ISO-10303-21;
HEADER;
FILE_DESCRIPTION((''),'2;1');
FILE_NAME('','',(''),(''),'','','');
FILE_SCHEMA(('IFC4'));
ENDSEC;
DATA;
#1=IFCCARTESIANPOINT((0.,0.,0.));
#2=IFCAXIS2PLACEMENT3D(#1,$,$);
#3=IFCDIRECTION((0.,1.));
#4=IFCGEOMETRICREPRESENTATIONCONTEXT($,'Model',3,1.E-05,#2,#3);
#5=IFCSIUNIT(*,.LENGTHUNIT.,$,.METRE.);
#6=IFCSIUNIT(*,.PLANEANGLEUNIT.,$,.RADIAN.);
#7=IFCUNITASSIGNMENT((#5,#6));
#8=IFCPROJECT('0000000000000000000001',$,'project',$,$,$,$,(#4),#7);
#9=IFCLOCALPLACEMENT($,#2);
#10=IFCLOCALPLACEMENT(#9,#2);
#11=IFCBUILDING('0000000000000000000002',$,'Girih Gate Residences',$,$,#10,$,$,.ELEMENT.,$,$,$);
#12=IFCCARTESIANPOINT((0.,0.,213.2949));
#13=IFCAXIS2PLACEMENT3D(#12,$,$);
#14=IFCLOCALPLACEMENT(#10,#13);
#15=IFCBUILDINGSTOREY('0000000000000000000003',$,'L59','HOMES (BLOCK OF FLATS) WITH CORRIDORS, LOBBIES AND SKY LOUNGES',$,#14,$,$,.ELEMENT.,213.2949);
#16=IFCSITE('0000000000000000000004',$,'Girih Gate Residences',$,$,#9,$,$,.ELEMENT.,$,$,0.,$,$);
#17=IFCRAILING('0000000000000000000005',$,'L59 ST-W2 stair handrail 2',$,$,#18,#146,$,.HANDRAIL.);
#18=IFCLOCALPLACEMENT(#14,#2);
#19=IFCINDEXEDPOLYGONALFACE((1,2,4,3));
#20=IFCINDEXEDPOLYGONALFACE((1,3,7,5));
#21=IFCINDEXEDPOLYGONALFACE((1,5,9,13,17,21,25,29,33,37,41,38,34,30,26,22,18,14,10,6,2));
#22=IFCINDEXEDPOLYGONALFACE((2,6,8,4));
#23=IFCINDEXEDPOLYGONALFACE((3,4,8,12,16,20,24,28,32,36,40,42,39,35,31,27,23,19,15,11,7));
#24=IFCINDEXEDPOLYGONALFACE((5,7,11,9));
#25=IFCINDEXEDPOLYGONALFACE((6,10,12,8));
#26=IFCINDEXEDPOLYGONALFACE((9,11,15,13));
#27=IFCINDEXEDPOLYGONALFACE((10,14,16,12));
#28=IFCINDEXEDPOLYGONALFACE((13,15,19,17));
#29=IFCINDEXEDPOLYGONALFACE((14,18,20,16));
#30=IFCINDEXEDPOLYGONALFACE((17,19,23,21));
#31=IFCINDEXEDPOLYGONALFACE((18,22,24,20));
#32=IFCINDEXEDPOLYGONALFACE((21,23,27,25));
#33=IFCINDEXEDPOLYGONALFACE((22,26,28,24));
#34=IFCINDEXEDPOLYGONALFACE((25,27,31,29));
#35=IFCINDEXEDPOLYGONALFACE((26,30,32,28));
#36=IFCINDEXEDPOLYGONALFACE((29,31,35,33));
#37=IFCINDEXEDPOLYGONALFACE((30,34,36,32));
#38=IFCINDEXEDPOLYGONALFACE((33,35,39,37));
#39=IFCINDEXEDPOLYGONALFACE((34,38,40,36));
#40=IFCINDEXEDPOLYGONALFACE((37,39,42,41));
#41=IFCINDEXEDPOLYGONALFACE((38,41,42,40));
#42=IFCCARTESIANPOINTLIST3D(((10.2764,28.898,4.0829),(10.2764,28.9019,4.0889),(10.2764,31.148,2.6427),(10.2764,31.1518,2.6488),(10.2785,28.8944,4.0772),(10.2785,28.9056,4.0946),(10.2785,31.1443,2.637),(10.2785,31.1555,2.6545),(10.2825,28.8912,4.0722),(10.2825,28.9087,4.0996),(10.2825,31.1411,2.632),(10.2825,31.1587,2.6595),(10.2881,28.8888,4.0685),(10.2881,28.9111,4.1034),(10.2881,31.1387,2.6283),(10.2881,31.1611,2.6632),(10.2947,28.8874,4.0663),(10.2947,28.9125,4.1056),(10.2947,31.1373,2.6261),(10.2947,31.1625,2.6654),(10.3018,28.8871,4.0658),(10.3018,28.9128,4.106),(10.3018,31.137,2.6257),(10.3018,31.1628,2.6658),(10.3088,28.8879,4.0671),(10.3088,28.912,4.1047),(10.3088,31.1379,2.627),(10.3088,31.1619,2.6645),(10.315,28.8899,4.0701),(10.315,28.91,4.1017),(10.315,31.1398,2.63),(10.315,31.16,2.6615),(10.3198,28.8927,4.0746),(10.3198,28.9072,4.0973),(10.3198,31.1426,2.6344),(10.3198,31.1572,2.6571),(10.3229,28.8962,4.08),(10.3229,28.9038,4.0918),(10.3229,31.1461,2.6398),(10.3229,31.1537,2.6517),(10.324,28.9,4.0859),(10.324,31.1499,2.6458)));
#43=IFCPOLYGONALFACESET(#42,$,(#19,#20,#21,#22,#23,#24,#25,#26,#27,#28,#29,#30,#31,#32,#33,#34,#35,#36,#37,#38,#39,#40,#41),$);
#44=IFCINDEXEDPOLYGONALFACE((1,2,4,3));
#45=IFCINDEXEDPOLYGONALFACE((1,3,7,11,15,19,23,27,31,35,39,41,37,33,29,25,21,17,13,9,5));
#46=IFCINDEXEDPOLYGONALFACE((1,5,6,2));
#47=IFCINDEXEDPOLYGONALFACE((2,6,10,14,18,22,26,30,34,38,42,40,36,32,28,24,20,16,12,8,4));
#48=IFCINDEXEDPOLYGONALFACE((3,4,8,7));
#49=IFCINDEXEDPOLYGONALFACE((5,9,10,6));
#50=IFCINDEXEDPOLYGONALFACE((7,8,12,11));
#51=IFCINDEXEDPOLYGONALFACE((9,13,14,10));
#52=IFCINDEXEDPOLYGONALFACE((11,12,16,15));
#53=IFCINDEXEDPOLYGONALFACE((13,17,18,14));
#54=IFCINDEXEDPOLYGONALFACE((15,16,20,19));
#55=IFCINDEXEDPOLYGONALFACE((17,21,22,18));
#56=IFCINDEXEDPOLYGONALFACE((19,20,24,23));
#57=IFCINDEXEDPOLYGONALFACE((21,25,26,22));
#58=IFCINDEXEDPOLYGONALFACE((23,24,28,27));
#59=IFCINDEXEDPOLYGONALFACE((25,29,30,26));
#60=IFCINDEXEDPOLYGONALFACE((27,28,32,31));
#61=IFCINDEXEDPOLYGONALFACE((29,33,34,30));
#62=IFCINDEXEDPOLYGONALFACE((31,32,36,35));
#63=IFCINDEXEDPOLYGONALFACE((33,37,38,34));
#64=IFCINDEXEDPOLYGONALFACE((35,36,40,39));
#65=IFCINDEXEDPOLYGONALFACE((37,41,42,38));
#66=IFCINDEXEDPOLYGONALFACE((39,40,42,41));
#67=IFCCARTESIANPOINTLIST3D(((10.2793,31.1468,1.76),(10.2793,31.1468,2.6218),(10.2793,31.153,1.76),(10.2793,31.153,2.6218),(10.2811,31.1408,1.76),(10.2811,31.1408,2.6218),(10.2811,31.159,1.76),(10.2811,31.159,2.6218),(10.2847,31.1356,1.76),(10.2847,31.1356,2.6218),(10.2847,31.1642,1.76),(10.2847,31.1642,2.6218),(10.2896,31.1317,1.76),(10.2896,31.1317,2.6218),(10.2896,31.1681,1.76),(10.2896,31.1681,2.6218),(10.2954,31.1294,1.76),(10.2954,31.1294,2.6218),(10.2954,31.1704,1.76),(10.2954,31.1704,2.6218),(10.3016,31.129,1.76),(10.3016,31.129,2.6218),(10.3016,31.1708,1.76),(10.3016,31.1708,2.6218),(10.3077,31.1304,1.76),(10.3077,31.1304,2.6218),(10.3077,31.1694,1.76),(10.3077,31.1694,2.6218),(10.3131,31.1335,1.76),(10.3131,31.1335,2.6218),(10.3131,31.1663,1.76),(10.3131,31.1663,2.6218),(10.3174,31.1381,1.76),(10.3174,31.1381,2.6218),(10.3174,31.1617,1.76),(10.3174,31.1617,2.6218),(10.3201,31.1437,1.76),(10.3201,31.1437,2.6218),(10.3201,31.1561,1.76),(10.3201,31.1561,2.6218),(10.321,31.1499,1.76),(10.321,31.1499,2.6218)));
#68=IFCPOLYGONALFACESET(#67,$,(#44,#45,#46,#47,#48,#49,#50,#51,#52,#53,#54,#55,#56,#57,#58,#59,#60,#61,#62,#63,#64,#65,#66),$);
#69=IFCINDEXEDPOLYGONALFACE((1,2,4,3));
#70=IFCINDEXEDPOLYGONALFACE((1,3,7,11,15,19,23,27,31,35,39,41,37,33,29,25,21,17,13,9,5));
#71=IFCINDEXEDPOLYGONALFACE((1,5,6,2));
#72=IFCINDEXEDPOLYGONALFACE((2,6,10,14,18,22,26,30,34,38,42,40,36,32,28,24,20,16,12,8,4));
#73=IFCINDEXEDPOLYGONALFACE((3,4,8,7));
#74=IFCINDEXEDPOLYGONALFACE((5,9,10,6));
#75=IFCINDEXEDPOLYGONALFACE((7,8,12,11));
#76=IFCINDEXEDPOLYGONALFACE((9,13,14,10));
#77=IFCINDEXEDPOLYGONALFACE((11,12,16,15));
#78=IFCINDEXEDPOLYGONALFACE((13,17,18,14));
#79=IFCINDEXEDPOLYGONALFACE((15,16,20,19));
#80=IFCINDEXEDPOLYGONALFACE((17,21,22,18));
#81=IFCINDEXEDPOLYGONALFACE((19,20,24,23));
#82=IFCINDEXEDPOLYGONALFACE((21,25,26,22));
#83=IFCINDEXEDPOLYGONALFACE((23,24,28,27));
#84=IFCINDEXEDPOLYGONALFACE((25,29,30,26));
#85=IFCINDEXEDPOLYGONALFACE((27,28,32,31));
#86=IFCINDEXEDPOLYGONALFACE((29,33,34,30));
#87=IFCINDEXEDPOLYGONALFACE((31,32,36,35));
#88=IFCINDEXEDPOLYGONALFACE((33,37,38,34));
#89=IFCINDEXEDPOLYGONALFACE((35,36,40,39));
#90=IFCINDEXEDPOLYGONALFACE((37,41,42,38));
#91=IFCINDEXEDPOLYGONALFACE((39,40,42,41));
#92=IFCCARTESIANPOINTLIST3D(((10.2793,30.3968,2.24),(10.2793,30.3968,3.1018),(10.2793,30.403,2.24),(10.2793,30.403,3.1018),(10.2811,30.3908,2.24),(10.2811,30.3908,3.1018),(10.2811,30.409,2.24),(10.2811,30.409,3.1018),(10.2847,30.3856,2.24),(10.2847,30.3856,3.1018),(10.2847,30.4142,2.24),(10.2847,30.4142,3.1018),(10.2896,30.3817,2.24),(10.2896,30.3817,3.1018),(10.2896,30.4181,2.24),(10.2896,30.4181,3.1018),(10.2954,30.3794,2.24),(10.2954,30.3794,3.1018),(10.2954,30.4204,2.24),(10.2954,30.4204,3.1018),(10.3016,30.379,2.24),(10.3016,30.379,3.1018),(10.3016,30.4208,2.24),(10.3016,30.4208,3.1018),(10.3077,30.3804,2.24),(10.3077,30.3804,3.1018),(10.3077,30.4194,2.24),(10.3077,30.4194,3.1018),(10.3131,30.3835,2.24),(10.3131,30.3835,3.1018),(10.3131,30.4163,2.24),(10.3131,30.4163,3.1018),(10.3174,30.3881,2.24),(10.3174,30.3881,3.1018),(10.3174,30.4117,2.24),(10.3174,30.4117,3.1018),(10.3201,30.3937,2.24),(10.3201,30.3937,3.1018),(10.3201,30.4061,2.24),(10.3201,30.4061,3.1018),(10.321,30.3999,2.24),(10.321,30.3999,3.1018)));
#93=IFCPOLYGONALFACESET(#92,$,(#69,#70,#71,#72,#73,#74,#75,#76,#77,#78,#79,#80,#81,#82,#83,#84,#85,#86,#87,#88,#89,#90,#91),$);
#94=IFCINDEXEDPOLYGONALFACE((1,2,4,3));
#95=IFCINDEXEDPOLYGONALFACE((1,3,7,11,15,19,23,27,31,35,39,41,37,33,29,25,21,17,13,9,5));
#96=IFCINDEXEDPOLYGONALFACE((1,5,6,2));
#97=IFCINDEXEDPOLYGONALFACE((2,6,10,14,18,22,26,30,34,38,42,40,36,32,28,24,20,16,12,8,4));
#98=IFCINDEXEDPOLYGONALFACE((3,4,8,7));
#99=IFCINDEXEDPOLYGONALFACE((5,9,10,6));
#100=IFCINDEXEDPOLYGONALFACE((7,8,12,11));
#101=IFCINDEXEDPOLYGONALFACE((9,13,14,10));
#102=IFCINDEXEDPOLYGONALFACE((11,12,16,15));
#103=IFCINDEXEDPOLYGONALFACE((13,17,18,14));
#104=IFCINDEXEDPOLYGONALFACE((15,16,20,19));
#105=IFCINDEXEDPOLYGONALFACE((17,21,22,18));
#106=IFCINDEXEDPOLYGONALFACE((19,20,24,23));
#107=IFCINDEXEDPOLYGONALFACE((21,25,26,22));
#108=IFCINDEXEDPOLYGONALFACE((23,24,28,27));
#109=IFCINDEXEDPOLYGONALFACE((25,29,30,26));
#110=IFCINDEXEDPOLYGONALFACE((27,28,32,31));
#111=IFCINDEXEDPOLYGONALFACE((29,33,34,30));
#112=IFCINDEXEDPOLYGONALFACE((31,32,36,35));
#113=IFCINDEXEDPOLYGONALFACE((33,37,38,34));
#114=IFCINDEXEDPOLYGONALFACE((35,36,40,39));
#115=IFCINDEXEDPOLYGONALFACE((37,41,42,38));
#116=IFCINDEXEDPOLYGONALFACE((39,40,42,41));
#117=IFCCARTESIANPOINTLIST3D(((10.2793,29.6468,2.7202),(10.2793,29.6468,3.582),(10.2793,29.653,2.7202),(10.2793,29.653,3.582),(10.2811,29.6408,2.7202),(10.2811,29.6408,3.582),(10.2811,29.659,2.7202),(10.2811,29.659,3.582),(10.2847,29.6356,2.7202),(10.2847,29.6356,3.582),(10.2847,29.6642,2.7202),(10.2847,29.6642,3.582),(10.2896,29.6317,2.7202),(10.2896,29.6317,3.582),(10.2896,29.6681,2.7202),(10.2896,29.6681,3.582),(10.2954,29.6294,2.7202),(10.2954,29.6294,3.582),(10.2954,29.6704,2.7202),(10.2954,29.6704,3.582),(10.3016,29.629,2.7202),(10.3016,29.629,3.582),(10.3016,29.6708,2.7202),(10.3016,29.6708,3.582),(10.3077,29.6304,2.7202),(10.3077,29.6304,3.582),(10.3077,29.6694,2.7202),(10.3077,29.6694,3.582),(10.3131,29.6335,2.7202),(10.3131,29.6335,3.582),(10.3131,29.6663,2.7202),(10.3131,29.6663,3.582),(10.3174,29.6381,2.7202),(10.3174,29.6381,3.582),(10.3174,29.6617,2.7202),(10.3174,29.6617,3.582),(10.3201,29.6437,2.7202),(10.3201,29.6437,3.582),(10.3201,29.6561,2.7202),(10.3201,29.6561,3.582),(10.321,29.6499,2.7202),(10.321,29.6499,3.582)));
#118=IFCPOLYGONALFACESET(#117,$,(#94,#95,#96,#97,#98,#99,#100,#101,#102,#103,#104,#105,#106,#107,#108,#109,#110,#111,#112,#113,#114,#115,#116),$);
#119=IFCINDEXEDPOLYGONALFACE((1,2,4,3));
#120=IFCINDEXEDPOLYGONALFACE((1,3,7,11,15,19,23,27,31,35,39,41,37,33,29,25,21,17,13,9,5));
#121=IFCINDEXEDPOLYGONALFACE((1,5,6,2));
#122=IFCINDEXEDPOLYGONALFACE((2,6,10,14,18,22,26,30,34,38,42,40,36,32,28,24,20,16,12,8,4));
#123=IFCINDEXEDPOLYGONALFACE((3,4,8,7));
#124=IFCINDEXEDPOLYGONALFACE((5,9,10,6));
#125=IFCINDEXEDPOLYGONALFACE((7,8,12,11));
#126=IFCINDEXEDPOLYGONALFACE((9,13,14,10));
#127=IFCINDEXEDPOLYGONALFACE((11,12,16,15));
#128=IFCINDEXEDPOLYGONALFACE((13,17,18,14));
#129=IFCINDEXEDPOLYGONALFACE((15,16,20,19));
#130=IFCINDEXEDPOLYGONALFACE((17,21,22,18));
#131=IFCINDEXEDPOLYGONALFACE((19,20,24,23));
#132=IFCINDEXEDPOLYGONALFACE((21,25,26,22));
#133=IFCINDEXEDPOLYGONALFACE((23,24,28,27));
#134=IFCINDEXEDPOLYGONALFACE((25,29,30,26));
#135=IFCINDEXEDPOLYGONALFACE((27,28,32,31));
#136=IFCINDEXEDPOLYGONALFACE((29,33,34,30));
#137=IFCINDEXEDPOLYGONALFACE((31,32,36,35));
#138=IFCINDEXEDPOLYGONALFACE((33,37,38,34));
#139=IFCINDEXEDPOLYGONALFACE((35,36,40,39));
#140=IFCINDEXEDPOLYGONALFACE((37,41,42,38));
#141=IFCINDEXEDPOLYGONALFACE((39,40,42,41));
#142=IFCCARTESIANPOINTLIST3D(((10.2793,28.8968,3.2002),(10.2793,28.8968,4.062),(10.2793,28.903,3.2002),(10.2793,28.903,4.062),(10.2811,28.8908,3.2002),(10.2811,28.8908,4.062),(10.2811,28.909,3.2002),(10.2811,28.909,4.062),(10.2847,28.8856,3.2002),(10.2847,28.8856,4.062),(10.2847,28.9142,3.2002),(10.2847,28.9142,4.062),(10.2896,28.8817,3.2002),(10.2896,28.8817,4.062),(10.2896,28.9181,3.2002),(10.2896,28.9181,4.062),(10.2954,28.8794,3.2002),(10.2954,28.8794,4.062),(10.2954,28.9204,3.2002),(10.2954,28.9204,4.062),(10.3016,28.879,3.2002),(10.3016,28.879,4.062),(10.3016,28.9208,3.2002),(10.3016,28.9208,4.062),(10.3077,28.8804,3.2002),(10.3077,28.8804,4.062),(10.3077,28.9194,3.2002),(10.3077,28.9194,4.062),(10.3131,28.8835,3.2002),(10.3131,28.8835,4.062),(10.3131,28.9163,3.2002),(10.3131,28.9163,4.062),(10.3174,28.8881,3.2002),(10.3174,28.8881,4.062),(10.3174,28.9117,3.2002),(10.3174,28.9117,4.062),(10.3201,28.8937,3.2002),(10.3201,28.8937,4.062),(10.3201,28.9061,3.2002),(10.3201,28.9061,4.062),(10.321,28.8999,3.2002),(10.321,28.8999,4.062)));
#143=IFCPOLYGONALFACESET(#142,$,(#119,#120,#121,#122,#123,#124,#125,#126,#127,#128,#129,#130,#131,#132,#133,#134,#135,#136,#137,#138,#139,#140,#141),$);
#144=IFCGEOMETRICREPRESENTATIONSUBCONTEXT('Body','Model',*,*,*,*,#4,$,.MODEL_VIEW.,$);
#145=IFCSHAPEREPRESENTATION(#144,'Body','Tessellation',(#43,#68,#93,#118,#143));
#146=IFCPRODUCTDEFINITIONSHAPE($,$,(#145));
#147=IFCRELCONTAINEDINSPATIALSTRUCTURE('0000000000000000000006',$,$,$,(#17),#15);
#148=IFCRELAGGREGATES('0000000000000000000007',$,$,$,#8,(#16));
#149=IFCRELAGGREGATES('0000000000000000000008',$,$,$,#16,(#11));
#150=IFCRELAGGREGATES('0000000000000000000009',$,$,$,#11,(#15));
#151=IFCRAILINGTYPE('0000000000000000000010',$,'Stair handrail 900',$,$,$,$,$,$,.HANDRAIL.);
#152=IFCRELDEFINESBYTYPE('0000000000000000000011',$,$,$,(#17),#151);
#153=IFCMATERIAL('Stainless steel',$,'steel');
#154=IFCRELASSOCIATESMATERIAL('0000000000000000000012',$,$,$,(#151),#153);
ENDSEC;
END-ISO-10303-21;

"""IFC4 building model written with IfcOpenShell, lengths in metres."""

from ifc_helpers import new_model, si_unit, direction, frame, origin, origin_2d, place, context, subcontext, project, spatial, circle, extrude, material, type_object, element, save


model = new_model("IFC4")

# Units and contexts
model_context = context("Model", 3, precision=1e-05, world=origin(), true_north=direction((0.0, 1.0)))
body_context = subcontext(model_context, "Body", "Model", "MODEL_VIEW")
ifc_project = project(units=[si_unit("LENGTHUNIT", "METRE"), si_unit("PLANEANGLEUNIT", "RADIAN")], contexts=[model_context])

# Site, building, storey
site_placement = place(None, origin())
site = spatial("IfcSite", under=ifc_project, at=site_placement, Name="Girih Gate Residences", CompositionType="ELEMENT", RefElevation=0.0)
building_placement = place(site_placement, origin())
building = spatial("IfcBuilding", under=site, at=building_placement, Name="Girih Gate Residences", CompositionType="ELEMENT")
storey_placement = place(building_placement, frame((0.0, 0.0, 213.2949)))
storey = spatial("IfcBuildingStorey", under=building, at=storey_placement, Name="L59", Description="HOMES (BLOCK OF FLATS) WITH CORRIDORS, LOBBIES AND SKY LOUNGES", CompositionType="ELEMENT", Elevation=213.2949)

# Railing
ifc_material_1 = material(Name="Stainless steel", Category="steel")
railing_type_1 = type_object("IfcRailingType", Name="Stair handrail 900", PredefinedType="HANDRAIL", material=ifc_material_1)
railing_1_placement = place(storey_placement, frame((10.3, 31.1499, 1.76)))
element("IfcRailing", 1, at=railing_1_placement, inside=storey, type_object=railing_type_1, Name="L59 ST-W2 stair handrail 2", PredefinedType="HANDRAIL", context=body_context, shape_type="SweptSolid", body=[
    extrude(circle(Radius=0.0239, at=origin_2d()), frame((0.0, 0.0, 0.8857), z_axis=(0.0, -0.84224, 0.539103), x_axis=(1.0, 0.0, 0.0)), (0.0, 0.0, 1.0), 2.6714),
    extrude(circle(Radius=0.021, at=origin_2d()), origin(), (0.0, 0.0, 1.0), 0.8618),
    extrude(circle(Radius=0.021, at=origin_2d()), frame((0.0, -0.75, 0.48)), (0.0, 0.0, 1.0), 0.8618),
    extrude(circle(Radius=0.021, at=origin_2d()), frame((0.0, -1.5, 0.9602)), (0.0, 0.0, 1.0), 0.8618),
    extrude(circle(Radius=0.021, at=origin_2d()), frame((0.0, -2.25, 1.4402)), (0.0, 0.0, 1.0), 0.8618),
])

save(model, "model.ifc")
